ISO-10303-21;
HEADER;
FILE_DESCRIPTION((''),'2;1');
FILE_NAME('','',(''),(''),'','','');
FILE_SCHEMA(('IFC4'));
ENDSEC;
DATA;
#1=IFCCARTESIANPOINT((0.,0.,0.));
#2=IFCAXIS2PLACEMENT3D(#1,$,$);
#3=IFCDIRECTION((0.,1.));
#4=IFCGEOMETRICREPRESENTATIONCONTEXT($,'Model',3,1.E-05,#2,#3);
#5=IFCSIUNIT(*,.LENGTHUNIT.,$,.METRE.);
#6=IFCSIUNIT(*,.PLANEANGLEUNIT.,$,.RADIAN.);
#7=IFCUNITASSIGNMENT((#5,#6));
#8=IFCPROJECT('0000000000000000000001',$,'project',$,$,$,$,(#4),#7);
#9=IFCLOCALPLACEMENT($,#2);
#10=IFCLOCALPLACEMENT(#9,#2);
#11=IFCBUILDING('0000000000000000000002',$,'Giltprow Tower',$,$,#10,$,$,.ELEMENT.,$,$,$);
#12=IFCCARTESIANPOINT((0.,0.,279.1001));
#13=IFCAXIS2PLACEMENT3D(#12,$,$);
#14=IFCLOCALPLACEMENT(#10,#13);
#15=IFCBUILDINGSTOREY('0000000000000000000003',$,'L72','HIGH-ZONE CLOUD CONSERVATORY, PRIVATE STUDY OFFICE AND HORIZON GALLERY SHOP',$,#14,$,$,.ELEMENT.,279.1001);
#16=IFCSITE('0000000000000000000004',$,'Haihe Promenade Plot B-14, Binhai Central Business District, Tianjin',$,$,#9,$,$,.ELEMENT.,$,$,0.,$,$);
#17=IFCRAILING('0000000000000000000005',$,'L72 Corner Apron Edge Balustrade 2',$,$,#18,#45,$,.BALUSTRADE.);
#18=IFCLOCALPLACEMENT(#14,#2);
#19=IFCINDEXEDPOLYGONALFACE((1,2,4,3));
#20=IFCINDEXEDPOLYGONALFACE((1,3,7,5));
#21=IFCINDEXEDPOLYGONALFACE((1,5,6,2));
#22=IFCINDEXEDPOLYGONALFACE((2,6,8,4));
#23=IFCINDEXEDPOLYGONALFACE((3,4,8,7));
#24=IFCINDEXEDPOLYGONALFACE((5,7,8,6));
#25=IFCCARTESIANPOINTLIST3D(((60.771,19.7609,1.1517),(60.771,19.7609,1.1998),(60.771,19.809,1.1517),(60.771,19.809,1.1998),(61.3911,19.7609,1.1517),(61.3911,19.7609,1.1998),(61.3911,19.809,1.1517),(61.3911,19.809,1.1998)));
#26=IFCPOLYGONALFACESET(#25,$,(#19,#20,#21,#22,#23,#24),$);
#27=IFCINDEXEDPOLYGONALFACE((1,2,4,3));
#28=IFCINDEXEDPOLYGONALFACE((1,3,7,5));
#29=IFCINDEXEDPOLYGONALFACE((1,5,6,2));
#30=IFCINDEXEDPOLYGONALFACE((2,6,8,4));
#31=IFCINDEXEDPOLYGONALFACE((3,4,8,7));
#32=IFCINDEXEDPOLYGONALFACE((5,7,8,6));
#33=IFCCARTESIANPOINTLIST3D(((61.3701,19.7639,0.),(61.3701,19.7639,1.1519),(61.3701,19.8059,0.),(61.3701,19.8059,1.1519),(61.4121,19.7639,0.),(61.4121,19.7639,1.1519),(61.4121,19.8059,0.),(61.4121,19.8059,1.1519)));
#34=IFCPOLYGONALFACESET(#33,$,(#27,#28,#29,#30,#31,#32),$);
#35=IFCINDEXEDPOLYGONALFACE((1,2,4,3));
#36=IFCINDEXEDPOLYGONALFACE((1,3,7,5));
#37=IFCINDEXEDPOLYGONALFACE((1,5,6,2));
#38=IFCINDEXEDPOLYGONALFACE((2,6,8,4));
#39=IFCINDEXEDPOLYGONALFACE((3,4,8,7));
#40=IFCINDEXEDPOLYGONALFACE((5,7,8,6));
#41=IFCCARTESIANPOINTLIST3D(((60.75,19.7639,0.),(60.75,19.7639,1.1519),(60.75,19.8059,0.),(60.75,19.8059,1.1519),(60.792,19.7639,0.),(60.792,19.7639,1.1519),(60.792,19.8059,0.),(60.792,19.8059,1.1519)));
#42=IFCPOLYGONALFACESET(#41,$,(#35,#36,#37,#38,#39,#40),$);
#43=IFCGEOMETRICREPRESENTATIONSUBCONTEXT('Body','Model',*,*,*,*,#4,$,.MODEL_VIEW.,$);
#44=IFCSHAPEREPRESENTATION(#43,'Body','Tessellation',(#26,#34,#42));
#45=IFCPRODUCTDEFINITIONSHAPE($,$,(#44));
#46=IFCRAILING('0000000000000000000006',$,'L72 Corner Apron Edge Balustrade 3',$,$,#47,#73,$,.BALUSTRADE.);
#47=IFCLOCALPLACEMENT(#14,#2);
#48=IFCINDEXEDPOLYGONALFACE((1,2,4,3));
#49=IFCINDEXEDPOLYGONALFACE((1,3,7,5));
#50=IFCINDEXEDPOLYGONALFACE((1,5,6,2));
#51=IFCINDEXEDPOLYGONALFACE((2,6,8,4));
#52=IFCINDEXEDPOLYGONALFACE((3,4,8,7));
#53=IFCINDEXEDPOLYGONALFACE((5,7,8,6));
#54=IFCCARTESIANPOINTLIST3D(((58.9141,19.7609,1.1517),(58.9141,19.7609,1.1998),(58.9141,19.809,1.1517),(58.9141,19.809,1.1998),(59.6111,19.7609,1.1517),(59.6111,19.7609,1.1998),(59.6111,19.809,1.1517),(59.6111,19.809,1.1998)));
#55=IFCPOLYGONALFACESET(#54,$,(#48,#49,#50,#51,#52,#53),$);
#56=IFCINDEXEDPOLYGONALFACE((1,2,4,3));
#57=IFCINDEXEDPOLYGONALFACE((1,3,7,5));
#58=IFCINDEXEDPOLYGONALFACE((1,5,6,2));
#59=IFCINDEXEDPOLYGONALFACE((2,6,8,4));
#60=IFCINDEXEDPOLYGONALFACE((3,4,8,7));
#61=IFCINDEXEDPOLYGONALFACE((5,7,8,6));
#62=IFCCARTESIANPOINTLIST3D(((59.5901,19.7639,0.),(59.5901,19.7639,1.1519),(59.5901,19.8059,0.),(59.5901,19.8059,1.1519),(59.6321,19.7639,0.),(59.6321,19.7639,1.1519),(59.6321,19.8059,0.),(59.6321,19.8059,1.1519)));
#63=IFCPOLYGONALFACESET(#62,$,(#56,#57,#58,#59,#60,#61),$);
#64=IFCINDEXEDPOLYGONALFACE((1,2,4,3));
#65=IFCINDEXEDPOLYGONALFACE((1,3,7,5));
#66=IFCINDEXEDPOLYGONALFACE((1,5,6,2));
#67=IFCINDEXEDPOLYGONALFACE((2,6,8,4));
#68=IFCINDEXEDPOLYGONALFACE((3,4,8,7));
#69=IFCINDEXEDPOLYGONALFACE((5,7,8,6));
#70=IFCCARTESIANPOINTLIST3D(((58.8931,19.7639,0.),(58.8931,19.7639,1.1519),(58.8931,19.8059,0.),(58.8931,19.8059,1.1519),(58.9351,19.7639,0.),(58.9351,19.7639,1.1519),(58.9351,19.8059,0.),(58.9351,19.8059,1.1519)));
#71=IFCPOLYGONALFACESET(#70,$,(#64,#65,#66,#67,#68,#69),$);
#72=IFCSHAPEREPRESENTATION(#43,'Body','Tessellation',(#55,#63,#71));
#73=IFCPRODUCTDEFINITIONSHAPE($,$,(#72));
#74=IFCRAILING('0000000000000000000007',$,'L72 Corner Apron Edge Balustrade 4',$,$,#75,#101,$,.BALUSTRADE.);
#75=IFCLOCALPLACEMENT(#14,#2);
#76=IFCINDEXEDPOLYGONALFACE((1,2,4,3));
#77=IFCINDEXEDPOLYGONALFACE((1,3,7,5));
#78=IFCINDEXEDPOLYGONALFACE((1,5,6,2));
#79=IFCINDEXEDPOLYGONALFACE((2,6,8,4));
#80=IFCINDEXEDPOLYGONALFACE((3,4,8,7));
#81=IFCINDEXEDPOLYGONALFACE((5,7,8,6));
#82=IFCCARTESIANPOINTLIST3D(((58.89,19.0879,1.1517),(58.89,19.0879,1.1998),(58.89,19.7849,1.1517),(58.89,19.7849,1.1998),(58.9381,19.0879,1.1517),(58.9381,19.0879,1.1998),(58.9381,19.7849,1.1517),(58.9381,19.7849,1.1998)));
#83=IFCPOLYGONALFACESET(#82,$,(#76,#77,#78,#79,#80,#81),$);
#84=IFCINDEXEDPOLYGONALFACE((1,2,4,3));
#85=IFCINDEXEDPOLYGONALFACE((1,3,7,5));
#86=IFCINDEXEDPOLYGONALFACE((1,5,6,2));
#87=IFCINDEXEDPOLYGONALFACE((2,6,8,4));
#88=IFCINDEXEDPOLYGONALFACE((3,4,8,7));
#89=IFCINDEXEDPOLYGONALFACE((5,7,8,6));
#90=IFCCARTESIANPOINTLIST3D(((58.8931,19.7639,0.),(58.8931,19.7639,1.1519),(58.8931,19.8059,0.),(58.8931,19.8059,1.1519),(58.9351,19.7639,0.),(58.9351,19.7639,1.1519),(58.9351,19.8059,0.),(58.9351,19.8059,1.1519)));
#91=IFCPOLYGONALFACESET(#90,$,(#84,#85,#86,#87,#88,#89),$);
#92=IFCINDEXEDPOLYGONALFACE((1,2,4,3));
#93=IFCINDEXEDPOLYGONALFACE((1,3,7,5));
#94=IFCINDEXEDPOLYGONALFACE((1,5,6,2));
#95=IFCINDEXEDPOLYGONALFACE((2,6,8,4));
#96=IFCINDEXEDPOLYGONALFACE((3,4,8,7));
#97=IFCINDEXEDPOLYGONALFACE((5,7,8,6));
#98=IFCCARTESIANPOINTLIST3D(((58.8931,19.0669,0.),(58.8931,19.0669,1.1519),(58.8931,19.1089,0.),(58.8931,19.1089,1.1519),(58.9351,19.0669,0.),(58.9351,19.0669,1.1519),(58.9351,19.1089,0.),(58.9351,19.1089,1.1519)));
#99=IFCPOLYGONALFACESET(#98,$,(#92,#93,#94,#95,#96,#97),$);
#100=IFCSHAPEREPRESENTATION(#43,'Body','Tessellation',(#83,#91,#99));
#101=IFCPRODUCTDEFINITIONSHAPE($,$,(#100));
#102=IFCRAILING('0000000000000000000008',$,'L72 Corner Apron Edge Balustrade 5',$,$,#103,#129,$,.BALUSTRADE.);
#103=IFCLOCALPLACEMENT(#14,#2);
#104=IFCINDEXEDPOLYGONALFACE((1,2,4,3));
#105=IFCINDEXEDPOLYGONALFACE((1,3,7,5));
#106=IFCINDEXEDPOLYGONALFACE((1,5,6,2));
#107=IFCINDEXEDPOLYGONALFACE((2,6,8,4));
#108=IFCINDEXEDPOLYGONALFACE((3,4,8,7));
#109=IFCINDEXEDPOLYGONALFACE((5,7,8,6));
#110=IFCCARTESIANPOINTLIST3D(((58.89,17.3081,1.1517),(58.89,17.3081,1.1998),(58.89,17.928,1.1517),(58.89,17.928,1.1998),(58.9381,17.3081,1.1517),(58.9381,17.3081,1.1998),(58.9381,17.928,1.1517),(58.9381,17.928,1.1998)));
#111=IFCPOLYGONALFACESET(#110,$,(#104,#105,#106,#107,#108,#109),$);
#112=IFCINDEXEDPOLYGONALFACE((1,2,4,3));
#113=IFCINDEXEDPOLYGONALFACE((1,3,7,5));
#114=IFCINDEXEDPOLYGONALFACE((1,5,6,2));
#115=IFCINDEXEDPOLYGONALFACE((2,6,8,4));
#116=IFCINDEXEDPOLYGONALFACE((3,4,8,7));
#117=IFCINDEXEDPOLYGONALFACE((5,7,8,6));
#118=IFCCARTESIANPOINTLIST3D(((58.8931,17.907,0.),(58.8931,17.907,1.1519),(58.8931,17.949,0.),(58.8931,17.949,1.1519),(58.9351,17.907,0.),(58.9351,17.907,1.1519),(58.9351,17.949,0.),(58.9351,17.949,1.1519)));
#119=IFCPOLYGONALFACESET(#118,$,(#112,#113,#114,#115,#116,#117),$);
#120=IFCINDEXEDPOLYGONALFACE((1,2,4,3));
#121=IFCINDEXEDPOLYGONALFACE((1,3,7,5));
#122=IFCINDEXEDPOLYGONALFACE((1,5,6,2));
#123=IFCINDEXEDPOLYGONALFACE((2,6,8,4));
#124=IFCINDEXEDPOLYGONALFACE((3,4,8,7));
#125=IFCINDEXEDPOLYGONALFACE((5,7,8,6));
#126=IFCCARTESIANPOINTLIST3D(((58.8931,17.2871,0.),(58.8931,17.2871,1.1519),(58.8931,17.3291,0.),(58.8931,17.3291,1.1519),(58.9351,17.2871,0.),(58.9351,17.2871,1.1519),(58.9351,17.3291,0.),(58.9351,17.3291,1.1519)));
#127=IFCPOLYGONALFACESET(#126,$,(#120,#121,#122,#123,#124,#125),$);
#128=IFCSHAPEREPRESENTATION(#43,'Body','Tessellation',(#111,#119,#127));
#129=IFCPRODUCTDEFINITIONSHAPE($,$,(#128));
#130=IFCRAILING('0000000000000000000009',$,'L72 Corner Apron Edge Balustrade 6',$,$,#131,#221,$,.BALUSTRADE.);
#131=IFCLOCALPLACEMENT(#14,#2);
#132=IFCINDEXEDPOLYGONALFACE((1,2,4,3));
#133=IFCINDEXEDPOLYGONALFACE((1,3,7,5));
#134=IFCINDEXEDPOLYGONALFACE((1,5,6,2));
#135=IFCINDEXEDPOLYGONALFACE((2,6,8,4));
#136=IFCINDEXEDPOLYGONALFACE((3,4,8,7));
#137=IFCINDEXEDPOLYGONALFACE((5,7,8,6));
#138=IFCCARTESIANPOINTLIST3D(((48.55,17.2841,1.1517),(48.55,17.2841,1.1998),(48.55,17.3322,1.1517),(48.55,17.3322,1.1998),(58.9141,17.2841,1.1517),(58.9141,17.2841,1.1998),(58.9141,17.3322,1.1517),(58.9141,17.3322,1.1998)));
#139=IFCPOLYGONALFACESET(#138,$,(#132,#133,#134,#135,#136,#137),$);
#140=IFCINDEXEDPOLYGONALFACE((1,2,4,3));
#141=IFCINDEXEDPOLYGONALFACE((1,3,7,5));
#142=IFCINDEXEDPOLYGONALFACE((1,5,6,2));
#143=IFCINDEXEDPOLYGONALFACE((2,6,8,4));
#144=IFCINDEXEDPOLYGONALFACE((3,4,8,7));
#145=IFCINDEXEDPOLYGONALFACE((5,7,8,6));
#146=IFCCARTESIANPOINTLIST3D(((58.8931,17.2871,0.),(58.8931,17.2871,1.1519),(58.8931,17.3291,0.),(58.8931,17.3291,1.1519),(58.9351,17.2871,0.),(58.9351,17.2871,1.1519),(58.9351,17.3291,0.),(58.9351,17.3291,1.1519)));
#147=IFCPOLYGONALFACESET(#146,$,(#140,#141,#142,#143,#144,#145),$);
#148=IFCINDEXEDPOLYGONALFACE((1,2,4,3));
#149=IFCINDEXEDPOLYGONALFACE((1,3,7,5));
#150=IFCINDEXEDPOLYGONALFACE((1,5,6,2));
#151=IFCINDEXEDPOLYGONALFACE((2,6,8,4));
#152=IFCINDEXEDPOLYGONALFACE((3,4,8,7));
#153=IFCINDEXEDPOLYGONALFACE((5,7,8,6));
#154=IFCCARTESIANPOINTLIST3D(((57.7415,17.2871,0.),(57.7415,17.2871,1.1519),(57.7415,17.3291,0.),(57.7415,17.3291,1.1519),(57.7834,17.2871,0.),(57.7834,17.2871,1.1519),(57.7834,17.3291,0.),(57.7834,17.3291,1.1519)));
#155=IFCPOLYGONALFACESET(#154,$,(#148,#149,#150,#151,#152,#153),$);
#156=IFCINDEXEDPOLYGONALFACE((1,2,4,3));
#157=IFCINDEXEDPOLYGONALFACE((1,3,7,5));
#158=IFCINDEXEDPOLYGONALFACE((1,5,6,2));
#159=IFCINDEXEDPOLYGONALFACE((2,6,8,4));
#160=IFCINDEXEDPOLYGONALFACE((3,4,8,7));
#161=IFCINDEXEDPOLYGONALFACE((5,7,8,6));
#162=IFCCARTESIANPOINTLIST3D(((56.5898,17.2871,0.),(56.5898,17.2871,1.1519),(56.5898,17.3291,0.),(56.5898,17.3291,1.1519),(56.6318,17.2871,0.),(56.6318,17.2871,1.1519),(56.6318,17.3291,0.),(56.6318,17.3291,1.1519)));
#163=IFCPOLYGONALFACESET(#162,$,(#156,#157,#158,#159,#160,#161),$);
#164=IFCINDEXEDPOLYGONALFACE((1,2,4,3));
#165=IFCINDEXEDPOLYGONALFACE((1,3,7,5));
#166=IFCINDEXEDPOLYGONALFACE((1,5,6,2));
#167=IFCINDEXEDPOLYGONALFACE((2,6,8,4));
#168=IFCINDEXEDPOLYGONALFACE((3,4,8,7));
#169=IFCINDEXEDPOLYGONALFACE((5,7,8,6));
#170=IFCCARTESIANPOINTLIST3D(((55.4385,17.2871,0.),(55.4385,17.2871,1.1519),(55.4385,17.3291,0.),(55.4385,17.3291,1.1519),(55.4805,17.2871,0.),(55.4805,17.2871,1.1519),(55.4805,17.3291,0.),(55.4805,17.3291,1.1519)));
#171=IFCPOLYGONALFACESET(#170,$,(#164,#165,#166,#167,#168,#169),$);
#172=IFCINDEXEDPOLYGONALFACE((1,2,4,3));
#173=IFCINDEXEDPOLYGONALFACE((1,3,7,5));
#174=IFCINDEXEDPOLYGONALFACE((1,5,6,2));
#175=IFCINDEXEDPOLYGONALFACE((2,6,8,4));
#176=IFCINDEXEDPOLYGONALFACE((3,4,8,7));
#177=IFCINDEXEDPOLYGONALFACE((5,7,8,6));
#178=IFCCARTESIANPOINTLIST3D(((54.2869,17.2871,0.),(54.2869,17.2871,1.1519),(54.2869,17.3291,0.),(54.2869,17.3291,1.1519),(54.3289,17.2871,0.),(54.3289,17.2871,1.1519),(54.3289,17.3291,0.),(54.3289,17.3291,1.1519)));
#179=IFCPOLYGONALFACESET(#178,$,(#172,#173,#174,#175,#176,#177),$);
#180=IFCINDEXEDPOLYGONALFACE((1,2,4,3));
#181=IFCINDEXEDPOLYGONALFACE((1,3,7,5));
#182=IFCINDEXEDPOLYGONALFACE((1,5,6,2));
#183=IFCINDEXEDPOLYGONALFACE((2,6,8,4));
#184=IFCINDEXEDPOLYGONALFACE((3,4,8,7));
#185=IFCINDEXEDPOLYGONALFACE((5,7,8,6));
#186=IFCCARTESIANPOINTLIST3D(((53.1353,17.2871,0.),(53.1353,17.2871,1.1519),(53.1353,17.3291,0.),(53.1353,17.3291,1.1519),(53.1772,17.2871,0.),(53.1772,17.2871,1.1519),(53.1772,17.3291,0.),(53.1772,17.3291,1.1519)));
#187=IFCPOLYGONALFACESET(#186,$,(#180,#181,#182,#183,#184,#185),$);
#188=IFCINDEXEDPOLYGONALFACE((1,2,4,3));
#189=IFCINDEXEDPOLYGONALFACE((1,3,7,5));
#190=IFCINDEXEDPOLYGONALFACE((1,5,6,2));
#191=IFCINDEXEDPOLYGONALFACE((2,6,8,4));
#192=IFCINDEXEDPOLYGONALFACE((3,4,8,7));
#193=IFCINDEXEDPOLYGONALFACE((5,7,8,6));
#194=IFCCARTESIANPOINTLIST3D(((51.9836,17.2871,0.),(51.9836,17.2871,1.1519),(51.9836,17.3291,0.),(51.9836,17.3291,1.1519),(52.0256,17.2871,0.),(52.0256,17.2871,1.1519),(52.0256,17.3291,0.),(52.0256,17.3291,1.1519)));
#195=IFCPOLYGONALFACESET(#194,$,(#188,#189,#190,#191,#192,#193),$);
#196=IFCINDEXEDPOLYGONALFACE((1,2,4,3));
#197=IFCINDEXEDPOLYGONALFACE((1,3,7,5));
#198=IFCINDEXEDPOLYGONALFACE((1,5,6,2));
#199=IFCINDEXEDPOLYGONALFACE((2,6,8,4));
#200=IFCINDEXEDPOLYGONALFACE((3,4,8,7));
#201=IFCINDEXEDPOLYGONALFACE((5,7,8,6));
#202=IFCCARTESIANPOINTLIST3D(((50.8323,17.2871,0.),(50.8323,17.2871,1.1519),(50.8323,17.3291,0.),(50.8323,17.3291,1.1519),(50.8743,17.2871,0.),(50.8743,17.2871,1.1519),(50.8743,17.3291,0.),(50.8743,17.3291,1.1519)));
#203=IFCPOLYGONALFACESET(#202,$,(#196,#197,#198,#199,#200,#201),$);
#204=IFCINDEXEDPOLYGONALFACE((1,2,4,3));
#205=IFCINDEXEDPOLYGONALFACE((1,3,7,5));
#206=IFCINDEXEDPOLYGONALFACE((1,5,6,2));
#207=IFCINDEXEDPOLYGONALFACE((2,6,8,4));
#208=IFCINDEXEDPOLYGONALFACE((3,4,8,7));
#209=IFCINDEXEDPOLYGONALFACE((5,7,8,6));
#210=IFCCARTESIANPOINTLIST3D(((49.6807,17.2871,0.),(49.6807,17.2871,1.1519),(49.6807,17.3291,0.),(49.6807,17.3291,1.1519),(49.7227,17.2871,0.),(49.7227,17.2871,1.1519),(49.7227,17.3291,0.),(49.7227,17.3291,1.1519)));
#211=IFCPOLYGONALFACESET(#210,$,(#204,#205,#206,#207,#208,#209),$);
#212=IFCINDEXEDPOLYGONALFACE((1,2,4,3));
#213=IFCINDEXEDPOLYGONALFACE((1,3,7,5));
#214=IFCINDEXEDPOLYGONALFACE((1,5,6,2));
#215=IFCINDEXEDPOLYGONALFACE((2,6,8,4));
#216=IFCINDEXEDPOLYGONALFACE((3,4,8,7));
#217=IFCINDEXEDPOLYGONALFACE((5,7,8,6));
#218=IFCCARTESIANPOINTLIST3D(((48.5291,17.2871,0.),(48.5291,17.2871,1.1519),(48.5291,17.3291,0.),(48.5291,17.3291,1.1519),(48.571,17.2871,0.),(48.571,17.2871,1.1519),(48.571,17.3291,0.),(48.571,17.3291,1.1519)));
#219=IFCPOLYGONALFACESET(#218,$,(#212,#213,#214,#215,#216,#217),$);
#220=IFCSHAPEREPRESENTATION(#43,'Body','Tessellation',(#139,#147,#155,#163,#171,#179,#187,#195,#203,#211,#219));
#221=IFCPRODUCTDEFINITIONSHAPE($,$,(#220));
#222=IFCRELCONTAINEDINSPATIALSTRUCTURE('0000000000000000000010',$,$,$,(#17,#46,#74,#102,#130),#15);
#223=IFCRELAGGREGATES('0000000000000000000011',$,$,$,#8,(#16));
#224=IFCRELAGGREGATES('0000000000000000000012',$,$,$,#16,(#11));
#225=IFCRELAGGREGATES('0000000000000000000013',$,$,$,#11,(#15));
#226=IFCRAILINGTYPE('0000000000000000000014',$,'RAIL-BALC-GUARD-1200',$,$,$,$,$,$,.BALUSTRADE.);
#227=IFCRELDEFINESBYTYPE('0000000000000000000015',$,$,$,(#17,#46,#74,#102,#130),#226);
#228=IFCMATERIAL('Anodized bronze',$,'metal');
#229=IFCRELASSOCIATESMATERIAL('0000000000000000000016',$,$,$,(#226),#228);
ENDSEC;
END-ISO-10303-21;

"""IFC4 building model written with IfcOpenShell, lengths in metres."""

from ifc_helpers import new_model, si_unit, direction, frame, origin, origin_2d, place, context, subcontext, project, spatial, rectangle, extrude, material, type_object, element, save


model = new_model("IFC4")

# Units and contexts
model_context = context("Model", 3, precision=1e-05, world=origin(), true_north=direction((0.0, 1.0)))
body_context = subcontext(model_context, "Body", "Model", "MODEL_VIEW")
ifc_project = project(units=[si_unit("LENGTHUNIT", "METRE"), si_unit("PLANEANGLEUNIT", "RADIAN")], contexts=[model_context])

# Site, building, storey
site_placement = place(None, origin())
site = spatial("IfcSite", under=ifc_project, at=site_placement, Name="Haihe Promenade Plot B-14, Binhai Central Business District, Tianjin", CompositionType="ELEMENT", RefElevation=0.0)
building_placement = place(site_placement, origin())
building = spatial("IfcBuilding", under=site, at=building_placement, Name="Giltprow Tower", CompositionType="ELEMENT")
storey_placement = place(building_placement, frame((0.0, 0.0, 279.1001)))
storey = spatial("IfcBuildingStorey", under=building, at=storey_placement, Name="L72", Description="HIGH-ZONE CLOUD CONSERVATORY, PRIVATE STUDY OFFICE AND HORIZON GALLERY SHOP", CompositionType="ELEMENT", Elevation=279.1001)

# Shared definitions
ifc_material_1 = material(Name="Anodized bronze", Category="metal")

# Railings
railing_type_1 = type_object("IfcRailingType", Name="RAIL-BALC-GUARD-1200", PredefinedType="BALUSTRADE", material=ifc_material_1)
railing_1_placement = place(storey_placement, frame((61.3911, 19.7849, 0.0)))
element("IfcRailing", 1, at=railing_1_placement, inside=storey, type_object=railing_type_1, Name="L72 Corner Apron Edge Balustrade 2", PredefinedType="BALUSTRADE", context=body_context, shape_type="SweptSolid", body=[
    extrude(rectangle(XDim=0.0481, YDim=0.0481, at=origin_2d()), frame((0.0, 0.0, 1.1758), z_axis=(-1.0, 0.0, 0.0), x_axis=(0.0, -1.0, 0.0)), (0.0, 0.0, 1.0), 0.6201),
    extrude(rectangle(XDim=0.042, YDim=0.042, at=origin_2d()), origin(), (0.0, 0.0, 1.0), 1.1519),
    extrude(rectangle(XDim=0.042, YDim=0.042, at=origin_2d()), frame((-0.6201, 0.0, 0.0)), (0.0, 0.0, 1.0), 1.1519),
])
railing_2_placement = place(storey_placement, frame((59.6111, 19.7849, 0.0)))
element("IfcRailing", 2, at=railing_2_placement, inside=storey, type_object=railing_type_1, Name="L72 Corner Apron Edge Balustrade 3", PredefinedType="BALUSTRADE", context=body_context, shape_type="SweptSolid", body=[
    extrude(rectangle(XDim=0.0481, YDim=0.0481, at=origin_2d()), frame((0.0, 0.0, 1.1758), z_axis=(-1.0, 0.0, 0.0), x_axis=(0.0, -1.0, 0.0)), (0.0, 0.0, 1.0), 0.697),
    extrude(rectangle(XDim=0.042, YDim=0.042, at=origin_2d()), origin(), (0.0, 0.0, 1.0), 1.1519),
    extrude(rectangle(XDim=0.042, YDim=0.042, at=origin_2d()), frame((-0.697, 0.0, 0.0)), (0.0, 0.0, 1.0), 1.1519),
])
railing_3_placement = place(storey_placement, frame((58.9141, 19.7849, 0.0)))
element("IfcRailing", 3, at=railing_3_placement, inside=storey, type_object=railing_type_1, Name="L72 Corner Apron Edge Balustrade 4", PredefinedType="BALUSTRADE", context=body_context, shape_type="SweptSolid", body=[
    extrude(rectangle(XDim=0.0481, YDim=0.0481, at=origin_2d()), frame((0.0, 0.0, 1.1758), z_axis=(0.0, -1.0, 0.0), x_axis=(1.0, 0.0, 0.0)), (0.0, 0.0, 1.0), 0.697),
    extrude(rectangle(XDim=0.042, YDim=0.042, at=origin_2d()), origin(), (0.0, 0.0, 1.0), 1.1519),
    extrude(rectangle(XDim=0.042, YDim=0.042, at=origin_2d()), frame((0.0, -0.697, 0.0)), (0.0, 0.0, 1.0), 1.1519),
])
railing_4_placement = place(storey_placement, frame((58.9141, 17.928, 0.0)))
element("IfcRailing", 4, at=railing_4_placement, inside=storey, type_object=railing_type_1, Name="L72 Corner Apron Edge Balustrade 5", PredefinedType="BALUSTRADE", context=body_context, shape_type="SweptSolid", body=[
    extrude(rectangle(XDim=0.0481, YDim=0.0481, at=origin_2d()), frame((0.0, 0.0, 1.1758), z_axis=(0.0, -1.0, 0.0), x_axis=(1.0, 0.0, 0.0)), (0.0, 0.0, 1.0), 0.6199),
    extrude(rectangle(XDim=0.042, YDim=0.042, at=origin_2d()), origin(), (0.0, 0.0, 1.0), 1.1519),
    extrude(rectangle(XDim=0.042, YDim=0.042, at=origin_2d()), frame((0.0, -0.6199, 0.0)), (0.0, 0.0, 1.0), 1.1519),
])
railing_5_placement = place(storey_placement, frame((58.9141, 17.3081, 0.0)))
element("IfcRailing", 5, at=railing_5_placement, inside=storey, type_object=railing_type_1, Name="L72 Corner Apron Edge Balustrade 6", PredefinedType="BALUSTRADE", context=body_context, shape_type="SweptSolid", body=[
    extrude(rectangle(XDim=0.0481, YDim=0.0481, at=origin_2d()), frame((0.0, 0.0, 1.1758), z_axis=(-1.0, 0.0, 0.0), x_axis=(0.0, -1.0, 0.0)), (0.0, 0.0, 1.0), 10.364),
    extrude(rectangle(XDim=0.042, YDim=0.042, at=origin_2d()), origin(), (0.0, 0.0, 1.0), 1.1519),
    extrude(rectangle(XDim=0.042, YDim=0.042, at=origin_2d()), frame((-1.1516, 0.0, 0.0)), (0.0, 0.0, 1.0), 1.1519),
    extrude(rectangle(XDim=0.042, YDim=0.042, at=origin_2d()), frame((-2.3032, 0.0, 0.0)), (0.0, 0.0, 1.0), 1.1519),
    extrude(rectangle(XDim=0.042, YDim=0.042, at=origin_2d()), frame((-3.4546, 0.0, 0.0)), (0.0, 0.0, 1.0), 1.1519),
    extrude(rectangle(XDim=0.042, YDim=0.042, at=origin_2d()), frame((-4.6062, 0.0, 0.0)), (0.0, 0.0, 1.0), 1.1519),
    extrude(rectangle(XDim=0.042, YDim=0.042, at=origin_2d()), frame((-5.7578, 0.0, 0.0)), (0.0, 0.0, 1.0), 1.1519),
    extrude(rectangle(XDim=0.042, YDim=0.042, at=origin_2d()), frame((-6.9094, 0.0, 0.0)), (0.0, 0.0, 1.0), 1.1519),
    extrude(rectangle(XDim=0.042, YDim=0.042, at=origin_2d()), frame((-8.0608, 0.0, 0.0)), (0.0, 0.0, 1.0), 1.1519),
    extrude(rectangle(XDim=0.042, YDim=0.042, at=origin_2d()), frame((-9.2124, 0.0, 0.0)), (0.0, 0.0, 1.0), 1.1519),
    extrude(rectangle(XDim=0.042, YDim=0.042, at=origin_2d()), frame((-10.364, 0.0, 0.0)), (0.0, 0.0, 1.0), 1.1519),
])

save(model, "model.ifc")
